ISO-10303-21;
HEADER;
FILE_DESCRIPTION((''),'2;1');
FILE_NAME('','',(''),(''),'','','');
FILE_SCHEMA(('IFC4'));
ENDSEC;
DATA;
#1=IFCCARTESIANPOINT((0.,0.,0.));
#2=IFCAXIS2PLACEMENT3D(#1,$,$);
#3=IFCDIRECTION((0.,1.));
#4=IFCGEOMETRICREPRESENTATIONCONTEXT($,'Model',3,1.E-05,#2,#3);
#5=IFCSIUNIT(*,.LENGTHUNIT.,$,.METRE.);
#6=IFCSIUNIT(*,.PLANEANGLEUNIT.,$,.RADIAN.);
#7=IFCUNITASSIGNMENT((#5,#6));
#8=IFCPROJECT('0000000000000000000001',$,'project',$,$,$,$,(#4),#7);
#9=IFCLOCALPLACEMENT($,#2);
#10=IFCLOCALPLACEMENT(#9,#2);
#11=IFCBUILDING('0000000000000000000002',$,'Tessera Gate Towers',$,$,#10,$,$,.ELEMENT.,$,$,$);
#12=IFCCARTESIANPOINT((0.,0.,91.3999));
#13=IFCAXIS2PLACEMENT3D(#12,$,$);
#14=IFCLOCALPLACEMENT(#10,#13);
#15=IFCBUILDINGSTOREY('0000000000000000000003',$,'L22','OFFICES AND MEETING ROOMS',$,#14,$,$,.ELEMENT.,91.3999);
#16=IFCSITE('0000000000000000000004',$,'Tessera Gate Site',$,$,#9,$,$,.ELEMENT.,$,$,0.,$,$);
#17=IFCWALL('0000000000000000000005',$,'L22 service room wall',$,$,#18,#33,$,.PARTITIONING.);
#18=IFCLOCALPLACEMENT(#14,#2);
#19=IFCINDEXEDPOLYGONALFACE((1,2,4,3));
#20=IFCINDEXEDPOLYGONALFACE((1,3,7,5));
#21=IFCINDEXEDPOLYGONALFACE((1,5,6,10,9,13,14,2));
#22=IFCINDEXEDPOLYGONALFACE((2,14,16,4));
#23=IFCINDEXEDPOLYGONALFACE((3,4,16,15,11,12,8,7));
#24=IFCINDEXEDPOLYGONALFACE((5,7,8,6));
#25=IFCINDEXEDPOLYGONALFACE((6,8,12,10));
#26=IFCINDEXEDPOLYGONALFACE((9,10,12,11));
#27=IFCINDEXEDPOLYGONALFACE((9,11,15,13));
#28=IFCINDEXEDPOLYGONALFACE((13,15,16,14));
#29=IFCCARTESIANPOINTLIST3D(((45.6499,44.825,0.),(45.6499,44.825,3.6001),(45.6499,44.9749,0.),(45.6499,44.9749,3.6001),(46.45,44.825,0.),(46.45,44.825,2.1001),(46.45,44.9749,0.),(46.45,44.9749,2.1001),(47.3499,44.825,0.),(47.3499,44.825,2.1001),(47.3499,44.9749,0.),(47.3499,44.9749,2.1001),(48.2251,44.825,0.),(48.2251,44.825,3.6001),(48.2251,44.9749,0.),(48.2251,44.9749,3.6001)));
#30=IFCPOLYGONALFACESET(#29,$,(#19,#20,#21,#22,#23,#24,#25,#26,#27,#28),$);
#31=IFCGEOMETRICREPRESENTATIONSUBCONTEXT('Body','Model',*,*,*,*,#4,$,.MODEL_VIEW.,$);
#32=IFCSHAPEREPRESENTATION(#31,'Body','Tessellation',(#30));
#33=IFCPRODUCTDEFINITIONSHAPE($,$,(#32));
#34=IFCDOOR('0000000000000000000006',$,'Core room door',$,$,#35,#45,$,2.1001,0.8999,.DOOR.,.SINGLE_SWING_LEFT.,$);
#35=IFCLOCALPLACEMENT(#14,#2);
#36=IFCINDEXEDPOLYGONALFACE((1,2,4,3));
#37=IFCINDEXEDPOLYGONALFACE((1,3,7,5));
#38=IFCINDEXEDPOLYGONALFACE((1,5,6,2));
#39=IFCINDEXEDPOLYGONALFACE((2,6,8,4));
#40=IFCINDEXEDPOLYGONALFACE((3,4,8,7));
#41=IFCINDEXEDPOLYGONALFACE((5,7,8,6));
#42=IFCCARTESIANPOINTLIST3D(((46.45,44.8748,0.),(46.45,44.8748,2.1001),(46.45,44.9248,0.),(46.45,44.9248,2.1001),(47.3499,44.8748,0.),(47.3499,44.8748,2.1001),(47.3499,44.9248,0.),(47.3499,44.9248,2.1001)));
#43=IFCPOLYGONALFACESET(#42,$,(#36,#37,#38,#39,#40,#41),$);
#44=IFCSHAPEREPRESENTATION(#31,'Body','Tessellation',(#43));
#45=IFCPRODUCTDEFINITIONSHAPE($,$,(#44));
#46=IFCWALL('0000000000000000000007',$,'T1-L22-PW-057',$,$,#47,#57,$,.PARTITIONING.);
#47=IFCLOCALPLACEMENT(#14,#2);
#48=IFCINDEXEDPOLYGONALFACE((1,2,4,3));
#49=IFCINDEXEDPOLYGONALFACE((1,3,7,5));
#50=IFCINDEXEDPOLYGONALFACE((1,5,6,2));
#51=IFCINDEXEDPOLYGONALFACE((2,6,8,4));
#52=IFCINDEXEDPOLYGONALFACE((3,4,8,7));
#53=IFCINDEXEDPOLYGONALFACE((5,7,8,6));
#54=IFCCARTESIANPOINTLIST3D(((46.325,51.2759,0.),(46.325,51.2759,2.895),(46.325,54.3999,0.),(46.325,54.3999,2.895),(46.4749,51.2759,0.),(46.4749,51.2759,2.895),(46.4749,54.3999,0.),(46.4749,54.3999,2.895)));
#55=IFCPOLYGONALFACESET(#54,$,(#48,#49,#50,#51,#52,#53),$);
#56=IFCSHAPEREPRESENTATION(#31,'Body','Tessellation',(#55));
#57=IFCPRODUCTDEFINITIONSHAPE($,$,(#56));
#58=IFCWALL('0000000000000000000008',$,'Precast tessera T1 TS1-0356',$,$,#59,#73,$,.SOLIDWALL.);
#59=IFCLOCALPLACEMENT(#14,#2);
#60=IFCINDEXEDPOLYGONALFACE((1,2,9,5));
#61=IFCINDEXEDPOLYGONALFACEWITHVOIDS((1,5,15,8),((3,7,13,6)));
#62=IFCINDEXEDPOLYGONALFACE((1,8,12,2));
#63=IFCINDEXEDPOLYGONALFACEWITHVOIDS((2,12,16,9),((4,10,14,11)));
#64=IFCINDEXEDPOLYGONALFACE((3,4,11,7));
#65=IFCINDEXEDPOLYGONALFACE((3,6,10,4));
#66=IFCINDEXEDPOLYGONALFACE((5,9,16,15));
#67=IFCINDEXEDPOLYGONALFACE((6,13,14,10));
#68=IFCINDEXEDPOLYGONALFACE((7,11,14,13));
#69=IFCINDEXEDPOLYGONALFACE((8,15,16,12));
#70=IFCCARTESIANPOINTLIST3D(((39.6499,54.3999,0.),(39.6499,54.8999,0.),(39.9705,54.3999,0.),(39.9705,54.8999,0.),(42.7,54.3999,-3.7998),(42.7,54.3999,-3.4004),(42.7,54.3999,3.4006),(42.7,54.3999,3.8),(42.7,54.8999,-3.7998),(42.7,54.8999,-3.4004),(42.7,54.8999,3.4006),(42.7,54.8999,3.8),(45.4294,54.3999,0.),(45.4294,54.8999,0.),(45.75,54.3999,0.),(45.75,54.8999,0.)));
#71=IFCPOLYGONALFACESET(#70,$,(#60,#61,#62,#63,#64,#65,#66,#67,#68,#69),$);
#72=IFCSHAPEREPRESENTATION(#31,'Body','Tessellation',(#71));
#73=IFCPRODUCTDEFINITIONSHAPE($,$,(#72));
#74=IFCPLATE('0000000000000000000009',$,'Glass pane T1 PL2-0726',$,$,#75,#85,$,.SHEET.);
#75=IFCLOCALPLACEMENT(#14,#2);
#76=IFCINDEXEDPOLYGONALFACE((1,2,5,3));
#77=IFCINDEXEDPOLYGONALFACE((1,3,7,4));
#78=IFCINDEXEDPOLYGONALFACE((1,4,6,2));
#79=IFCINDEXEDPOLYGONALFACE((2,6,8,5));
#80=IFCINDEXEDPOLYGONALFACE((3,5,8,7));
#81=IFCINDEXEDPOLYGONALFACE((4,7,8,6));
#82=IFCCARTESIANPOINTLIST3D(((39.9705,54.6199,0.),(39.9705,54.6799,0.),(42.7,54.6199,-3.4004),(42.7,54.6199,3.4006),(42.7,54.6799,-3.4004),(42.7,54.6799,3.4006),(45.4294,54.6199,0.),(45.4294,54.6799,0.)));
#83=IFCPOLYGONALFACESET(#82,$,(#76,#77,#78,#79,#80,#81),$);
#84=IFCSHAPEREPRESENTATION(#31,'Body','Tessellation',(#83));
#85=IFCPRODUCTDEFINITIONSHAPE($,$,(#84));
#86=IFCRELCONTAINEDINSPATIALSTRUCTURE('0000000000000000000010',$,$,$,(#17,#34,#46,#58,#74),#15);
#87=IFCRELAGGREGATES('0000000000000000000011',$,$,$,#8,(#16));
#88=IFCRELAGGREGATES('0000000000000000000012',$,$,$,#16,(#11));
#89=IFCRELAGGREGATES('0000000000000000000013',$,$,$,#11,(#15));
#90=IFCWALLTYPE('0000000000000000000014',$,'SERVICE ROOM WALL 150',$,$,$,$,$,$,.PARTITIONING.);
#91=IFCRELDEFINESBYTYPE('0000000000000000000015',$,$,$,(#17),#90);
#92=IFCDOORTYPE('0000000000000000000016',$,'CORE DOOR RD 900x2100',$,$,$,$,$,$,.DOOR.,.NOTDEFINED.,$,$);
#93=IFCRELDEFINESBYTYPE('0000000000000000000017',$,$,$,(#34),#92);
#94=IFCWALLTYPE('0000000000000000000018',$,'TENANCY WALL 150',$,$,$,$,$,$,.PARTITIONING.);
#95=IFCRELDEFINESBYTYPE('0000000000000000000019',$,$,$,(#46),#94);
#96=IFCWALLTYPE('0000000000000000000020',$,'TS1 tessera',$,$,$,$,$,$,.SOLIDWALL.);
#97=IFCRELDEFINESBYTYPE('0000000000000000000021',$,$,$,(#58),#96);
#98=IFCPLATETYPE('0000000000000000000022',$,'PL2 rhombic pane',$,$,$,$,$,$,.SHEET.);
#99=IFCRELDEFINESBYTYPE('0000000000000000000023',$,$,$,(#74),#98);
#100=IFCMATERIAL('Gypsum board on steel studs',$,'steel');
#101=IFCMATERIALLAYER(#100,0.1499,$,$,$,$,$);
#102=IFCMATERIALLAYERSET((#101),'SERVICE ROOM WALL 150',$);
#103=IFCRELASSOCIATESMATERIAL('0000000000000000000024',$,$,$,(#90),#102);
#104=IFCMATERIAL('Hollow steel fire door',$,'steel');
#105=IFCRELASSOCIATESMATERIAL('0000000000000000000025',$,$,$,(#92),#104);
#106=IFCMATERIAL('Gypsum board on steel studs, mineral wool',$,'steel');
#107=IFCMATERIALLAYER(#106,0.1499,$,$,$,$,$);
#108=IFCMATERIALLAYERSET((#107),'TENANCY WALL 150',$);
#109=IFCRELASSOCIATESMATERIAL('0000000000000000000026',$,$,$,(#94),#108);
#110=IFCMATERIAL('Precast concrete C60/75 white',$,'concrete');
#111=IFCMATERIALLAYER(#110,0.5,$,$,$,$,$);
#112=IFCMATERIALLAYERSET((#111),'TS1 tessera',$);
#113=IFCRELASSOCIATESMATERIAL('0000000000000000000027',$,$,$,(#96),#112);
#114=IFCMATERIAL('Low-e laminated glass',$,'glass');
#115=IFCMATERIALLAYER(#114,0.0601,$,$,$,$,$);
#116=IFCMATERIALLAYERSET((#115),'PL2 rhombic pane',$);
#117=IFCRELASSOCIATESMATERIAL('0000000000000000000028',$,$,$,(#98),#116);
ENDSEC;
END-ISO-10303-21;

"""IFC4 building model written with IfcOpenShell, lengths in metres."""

from ifc_helpers import new_model, si_unit, direction, frame, frame_2d, origin, place, context, subcontext, project, spatial, polyline, rectangle, outline, extrude, source, transform, mapped, material, layer, layer_set, type_object, element, fill, save


model = new_model("IFC4")

# Units and contexts
model_context = context("Model", 3, precision=1e-05, world=origin(), true_north=direction((0.0, 1.0)))
body_context = subcontext(model_context, "Body", "Model", "MODEL_VIEW")
ifc_project = project(units=[si_unit("LENGTHUNIT", "METRE"), si_unit("PLANEANGLEUNIT", "RADIAN")], contexts=[model_context])

# Site, building, storey
site_placement = place(None, origin())
site = spatial("IfcSite", under=ifc_project, at=site_placement, Name="Tessera Gate Site", CompositionType="ELEMENT", RefElevation=0.0)
building_placement = place(site_placement, origin())
building = spatial("IfcBuilding", under=site, at=building_placement, Name="Tessera Gate Towers", CompositionType="ELEMENT")
storey_placement = place(building_placement, frame((0.0, 0.0, 91.3999)))
storey = spatial("IfcBuildingStorey", under=building, at=storey_placement, Name="L22", Description="OFFICES AND MEETING ROOMS", CompositionType="ELEMENT", Elevation=91.3999)

# Wall, opening, door
ifc_material_1 = material(Name="Gypsum board on steel studs", Category="steel")
ifc_layer_1 = layer(ifc_material_1, 0.1499)
ifc_layer_set_1 = layer_set([ifc_layer_1], Name="SERVICE ROOM WALL 150")
wall_type_1 = type_object("IfcWallType", Name="SERVICE ROOM WALL 150", PredefinedType="PARTITIONING", material=ifc_layer_set_1)
wall_1_placement = place(storey_placement, frame((45.6499, 44.8999, 0.0), z_axis=(0.0, 0.0, 1.0), x_axis=(1.0, 0.0, 0.0)))
wall_1 = element("IfcWall", 1, at=wall_1_placement, inside=storey, type_object=wall_type_1, Name="L22 service room wall", PredefinedType="PARTITIONING", context=body_context, shape_type="SweptSolid", body=[
    extrude(rectangle(XDim=2.5752, YDim=0.1499, at=frame_2d((1.2876, 0.0))), origin(), (0.0, 0.0, 1.0), 3.6001),
])
shared_shape_1 = source(origin(), body_context, "Body", "SweptSolid", [
    extrude(rectangle(XDim=0.8999, YDim=2.1001, at=frame_2d((0.45, 1.05))), frame((0.0, 0.085, 0.0), z_axis=(0.0, -1.0, 0.0), x_axis=(1.0, 0.0, 0.0)), (0.0, 0.0, 1.0), 0.1699),
])
opening_1_placement = place(wall_1_placement, frame((0.8, 0.0, 0.0)))
opening_1 = element("IfcOpeningElement", 2, at=opening_1_placement, cuts=wall_1, PredefinedType="OPENING", context=body_context, shape_type="MappedRepresentation", body=[
    mapped(shared_shape_1, transform((0.0, 0.0, 0.0), scale=1.0)),
])
ifc_material_2 = material(Name="Hollow steel fire door", Category="steel")
door_type_1 = type_object("IfcDoorType", Name="CORE DOOR RD 900x2100", OperationType="NOTDEFINED", PredefinedType="DOOR", material=ifc_material_2)
shared_shape_2 = source(origin(), body_context, "Body", "SweptSolid", [
    extrude(rectangle(XDim=0.8999, YDim=2.1001, at=frame_2d((0.45, 1.05))), frame((0.0, 0.0249, 0.0), z_axis=(0.0, -1.0, 0.0), x_axis=(1.0, 0.0, 0.0)), (0.0, 0.0, 1.0), 0.05),
])
door_1_placement = place(opening_1_placement, origin())
door_1 = element("IfcDoor", 3, at=door_1_placement, inside=storey, type_object=door_type_1, Name="Core room door", OperationType="SINGLE_SWING_LEFT", OverallHeight=2.1001, OverallWidth=0.8999, PredefinedType="DOOR", context=body_context, shape_type="MappedRepresentation", body=[
    mapped(shared_shape_2, transform((0.0, 0.0, 0.0), scale=1.0)),
])
fill(opening_1, door_1)

# Wall
ifc_material_3 = material(Name="Gypsum board on steel studs, mineral wool", Category="steel")
ifc_layer_2 = layer(ifc_material_3, 0.1499)
ifc_layer_set_2 = layer_set([ifc_layer_2], Name="TENANCY WALL 150")
wall_type_2 = type_object("IfcWallType", Name="TENANCY WALL 150", PredefinedType="PARTITIONING", material=ifc_layer_set_2)
wall_2_placement = place(storey_placement, frame((46.3999, 51.2759, 0.0), z_axis=(0.0, 0.0, 1.0), x_axis=(0.0, 1.0, 0.0)))
element("IfcWall", 4, at=wall_2_placement, inside=storey, type_object=wall_type_2, Name="T1-L22-PW-057", PredefinedType="PARTITIONING", context=body_context, shape_type="SweptSolid", body=[
    extrude(rectangle(XDim=3.124, YDim=0.1499, at=frame_2d((1.562, 0.0))), origin(), (0.0, 0.0, 1.0), 2.895),
])

# Wall, opening, plate
ifc_material_4 = material(Name="Precast concrete C60/75 white", Category="concrete")
ifc_layer_3 = layer(ifc_material_4, 0.5)
ifc_layer_set_3 = layer_set([ifc_layer_3], Name="TS1 tessera")
wall_type_3 = type_object("IfcWallType", Name="TS1 tessera", PredefinedType="SOLIDWALL", material=ifc_layer_set_3)
shared_shape_3 = source(origin(), body_context, "Body", "SweptSolid", [
    extrude(outline(polyline([(3.05, 0.0), (6.1001, 3.7998), (3.05, 7.5999), (0.0, 3.7998), (3.05, 0.0)])), frame((0.0, 0.25, 0.0), z_axis=(0.0, -1.0, 0.0), x_axis=(1.0, 0.0, 0.0)), (0.0, 0.0, 1.0), 0.5),
])
wall_3_placement = place(storey_placement, frame((45.75, 54.6499, -3.7998), z_axis=(0.0, 0.0, 1.0), x_axis=(-1.0, 0.0, 0.0)))
wall_3 = element("IfcWall", 5, at=wall_3_placement, inside=storey, type_object=wall_type_3, Name="Precast tessera T1 TS1-0356", PredefinedType="SOLIDWALL", context=body_context, shape_type="MappedRepresentation", body=[
    mapped(shared_shape_3, transform((0.0, 0.0, 0.0), scale=1.0)),
])
shared_shape_4 = source(origin(), body_context, "Body", "SweptSolid", [
    extrude(outline(polyline([(3.05, 0.3994), (5.7795, 3.7998), (3.05, 7.2004), (0.3206, 3.7998), (3.05, 0.3994)])), frame((0.0, 0.26, 0.0), z_axis=(0.0, -1.0, 0.0), x_axis=(1.0, 0.0, 0.0)), (0.0, 0.0, 1.0), 0.52),
])
opening_2_placement = place(wall_3_placement, origin())
opening_2 = element("IfcOpeningElement", 6, at=opening_2_placement, cuts=wall_3, PredefinedType="OPENING", context=body_context, shape_type="MappedRepresentation", body=[
    mapped(shared_shape_4, transform((0.0, 0.0, 0.0), scale=1.0)),
])
ifc_material_5 = material(Name="Low-e laminated glass", Category="glass")
ifc_layer_4 = layer(ifc_material_5, 0.0601)
ifc_layer_set_4 = layer_set([ifc_layer_4], Name="PL2 rhombic pane")
plate_type = type_object("IfcPlateType", Name="PL2 rhombic pane", PredefinedType="SHEET", material=ifc_layer_set_4)
shared_shape_5 = source(origin(), body_context, "Body", "SweptSolid", [
    extrude(outline(polyline([(3.05, 0.3994), (5.7795, 3.7998), (3.05, 7.2004), (0.3206, 3.7998), (3.05, 0.3994)])), frame((0.0, 0.03, 0.0), z_axis=(0.0, -1.0, 0.0), x_axis=(1.0, 0.0, 0.0)), (0.0, 0.0, 1.0), 0.0601),
])
plate_placement = place(opening_2_placement, origin())
plate = element("IfcPlate", 7, at=plate_placement, inside=storey, type_object=plate_type, Name="Glass pane T1 PL2-0726", PredefinedType="SHEET", context=body_context, shape_type="MappedRepresentation", body=[
    mapped(shared_shape_5, transform((0.0, 0.0, 0.0), scale=1.0)),
])
fill(opening_2, plate)

save(model, "model.ifc")
